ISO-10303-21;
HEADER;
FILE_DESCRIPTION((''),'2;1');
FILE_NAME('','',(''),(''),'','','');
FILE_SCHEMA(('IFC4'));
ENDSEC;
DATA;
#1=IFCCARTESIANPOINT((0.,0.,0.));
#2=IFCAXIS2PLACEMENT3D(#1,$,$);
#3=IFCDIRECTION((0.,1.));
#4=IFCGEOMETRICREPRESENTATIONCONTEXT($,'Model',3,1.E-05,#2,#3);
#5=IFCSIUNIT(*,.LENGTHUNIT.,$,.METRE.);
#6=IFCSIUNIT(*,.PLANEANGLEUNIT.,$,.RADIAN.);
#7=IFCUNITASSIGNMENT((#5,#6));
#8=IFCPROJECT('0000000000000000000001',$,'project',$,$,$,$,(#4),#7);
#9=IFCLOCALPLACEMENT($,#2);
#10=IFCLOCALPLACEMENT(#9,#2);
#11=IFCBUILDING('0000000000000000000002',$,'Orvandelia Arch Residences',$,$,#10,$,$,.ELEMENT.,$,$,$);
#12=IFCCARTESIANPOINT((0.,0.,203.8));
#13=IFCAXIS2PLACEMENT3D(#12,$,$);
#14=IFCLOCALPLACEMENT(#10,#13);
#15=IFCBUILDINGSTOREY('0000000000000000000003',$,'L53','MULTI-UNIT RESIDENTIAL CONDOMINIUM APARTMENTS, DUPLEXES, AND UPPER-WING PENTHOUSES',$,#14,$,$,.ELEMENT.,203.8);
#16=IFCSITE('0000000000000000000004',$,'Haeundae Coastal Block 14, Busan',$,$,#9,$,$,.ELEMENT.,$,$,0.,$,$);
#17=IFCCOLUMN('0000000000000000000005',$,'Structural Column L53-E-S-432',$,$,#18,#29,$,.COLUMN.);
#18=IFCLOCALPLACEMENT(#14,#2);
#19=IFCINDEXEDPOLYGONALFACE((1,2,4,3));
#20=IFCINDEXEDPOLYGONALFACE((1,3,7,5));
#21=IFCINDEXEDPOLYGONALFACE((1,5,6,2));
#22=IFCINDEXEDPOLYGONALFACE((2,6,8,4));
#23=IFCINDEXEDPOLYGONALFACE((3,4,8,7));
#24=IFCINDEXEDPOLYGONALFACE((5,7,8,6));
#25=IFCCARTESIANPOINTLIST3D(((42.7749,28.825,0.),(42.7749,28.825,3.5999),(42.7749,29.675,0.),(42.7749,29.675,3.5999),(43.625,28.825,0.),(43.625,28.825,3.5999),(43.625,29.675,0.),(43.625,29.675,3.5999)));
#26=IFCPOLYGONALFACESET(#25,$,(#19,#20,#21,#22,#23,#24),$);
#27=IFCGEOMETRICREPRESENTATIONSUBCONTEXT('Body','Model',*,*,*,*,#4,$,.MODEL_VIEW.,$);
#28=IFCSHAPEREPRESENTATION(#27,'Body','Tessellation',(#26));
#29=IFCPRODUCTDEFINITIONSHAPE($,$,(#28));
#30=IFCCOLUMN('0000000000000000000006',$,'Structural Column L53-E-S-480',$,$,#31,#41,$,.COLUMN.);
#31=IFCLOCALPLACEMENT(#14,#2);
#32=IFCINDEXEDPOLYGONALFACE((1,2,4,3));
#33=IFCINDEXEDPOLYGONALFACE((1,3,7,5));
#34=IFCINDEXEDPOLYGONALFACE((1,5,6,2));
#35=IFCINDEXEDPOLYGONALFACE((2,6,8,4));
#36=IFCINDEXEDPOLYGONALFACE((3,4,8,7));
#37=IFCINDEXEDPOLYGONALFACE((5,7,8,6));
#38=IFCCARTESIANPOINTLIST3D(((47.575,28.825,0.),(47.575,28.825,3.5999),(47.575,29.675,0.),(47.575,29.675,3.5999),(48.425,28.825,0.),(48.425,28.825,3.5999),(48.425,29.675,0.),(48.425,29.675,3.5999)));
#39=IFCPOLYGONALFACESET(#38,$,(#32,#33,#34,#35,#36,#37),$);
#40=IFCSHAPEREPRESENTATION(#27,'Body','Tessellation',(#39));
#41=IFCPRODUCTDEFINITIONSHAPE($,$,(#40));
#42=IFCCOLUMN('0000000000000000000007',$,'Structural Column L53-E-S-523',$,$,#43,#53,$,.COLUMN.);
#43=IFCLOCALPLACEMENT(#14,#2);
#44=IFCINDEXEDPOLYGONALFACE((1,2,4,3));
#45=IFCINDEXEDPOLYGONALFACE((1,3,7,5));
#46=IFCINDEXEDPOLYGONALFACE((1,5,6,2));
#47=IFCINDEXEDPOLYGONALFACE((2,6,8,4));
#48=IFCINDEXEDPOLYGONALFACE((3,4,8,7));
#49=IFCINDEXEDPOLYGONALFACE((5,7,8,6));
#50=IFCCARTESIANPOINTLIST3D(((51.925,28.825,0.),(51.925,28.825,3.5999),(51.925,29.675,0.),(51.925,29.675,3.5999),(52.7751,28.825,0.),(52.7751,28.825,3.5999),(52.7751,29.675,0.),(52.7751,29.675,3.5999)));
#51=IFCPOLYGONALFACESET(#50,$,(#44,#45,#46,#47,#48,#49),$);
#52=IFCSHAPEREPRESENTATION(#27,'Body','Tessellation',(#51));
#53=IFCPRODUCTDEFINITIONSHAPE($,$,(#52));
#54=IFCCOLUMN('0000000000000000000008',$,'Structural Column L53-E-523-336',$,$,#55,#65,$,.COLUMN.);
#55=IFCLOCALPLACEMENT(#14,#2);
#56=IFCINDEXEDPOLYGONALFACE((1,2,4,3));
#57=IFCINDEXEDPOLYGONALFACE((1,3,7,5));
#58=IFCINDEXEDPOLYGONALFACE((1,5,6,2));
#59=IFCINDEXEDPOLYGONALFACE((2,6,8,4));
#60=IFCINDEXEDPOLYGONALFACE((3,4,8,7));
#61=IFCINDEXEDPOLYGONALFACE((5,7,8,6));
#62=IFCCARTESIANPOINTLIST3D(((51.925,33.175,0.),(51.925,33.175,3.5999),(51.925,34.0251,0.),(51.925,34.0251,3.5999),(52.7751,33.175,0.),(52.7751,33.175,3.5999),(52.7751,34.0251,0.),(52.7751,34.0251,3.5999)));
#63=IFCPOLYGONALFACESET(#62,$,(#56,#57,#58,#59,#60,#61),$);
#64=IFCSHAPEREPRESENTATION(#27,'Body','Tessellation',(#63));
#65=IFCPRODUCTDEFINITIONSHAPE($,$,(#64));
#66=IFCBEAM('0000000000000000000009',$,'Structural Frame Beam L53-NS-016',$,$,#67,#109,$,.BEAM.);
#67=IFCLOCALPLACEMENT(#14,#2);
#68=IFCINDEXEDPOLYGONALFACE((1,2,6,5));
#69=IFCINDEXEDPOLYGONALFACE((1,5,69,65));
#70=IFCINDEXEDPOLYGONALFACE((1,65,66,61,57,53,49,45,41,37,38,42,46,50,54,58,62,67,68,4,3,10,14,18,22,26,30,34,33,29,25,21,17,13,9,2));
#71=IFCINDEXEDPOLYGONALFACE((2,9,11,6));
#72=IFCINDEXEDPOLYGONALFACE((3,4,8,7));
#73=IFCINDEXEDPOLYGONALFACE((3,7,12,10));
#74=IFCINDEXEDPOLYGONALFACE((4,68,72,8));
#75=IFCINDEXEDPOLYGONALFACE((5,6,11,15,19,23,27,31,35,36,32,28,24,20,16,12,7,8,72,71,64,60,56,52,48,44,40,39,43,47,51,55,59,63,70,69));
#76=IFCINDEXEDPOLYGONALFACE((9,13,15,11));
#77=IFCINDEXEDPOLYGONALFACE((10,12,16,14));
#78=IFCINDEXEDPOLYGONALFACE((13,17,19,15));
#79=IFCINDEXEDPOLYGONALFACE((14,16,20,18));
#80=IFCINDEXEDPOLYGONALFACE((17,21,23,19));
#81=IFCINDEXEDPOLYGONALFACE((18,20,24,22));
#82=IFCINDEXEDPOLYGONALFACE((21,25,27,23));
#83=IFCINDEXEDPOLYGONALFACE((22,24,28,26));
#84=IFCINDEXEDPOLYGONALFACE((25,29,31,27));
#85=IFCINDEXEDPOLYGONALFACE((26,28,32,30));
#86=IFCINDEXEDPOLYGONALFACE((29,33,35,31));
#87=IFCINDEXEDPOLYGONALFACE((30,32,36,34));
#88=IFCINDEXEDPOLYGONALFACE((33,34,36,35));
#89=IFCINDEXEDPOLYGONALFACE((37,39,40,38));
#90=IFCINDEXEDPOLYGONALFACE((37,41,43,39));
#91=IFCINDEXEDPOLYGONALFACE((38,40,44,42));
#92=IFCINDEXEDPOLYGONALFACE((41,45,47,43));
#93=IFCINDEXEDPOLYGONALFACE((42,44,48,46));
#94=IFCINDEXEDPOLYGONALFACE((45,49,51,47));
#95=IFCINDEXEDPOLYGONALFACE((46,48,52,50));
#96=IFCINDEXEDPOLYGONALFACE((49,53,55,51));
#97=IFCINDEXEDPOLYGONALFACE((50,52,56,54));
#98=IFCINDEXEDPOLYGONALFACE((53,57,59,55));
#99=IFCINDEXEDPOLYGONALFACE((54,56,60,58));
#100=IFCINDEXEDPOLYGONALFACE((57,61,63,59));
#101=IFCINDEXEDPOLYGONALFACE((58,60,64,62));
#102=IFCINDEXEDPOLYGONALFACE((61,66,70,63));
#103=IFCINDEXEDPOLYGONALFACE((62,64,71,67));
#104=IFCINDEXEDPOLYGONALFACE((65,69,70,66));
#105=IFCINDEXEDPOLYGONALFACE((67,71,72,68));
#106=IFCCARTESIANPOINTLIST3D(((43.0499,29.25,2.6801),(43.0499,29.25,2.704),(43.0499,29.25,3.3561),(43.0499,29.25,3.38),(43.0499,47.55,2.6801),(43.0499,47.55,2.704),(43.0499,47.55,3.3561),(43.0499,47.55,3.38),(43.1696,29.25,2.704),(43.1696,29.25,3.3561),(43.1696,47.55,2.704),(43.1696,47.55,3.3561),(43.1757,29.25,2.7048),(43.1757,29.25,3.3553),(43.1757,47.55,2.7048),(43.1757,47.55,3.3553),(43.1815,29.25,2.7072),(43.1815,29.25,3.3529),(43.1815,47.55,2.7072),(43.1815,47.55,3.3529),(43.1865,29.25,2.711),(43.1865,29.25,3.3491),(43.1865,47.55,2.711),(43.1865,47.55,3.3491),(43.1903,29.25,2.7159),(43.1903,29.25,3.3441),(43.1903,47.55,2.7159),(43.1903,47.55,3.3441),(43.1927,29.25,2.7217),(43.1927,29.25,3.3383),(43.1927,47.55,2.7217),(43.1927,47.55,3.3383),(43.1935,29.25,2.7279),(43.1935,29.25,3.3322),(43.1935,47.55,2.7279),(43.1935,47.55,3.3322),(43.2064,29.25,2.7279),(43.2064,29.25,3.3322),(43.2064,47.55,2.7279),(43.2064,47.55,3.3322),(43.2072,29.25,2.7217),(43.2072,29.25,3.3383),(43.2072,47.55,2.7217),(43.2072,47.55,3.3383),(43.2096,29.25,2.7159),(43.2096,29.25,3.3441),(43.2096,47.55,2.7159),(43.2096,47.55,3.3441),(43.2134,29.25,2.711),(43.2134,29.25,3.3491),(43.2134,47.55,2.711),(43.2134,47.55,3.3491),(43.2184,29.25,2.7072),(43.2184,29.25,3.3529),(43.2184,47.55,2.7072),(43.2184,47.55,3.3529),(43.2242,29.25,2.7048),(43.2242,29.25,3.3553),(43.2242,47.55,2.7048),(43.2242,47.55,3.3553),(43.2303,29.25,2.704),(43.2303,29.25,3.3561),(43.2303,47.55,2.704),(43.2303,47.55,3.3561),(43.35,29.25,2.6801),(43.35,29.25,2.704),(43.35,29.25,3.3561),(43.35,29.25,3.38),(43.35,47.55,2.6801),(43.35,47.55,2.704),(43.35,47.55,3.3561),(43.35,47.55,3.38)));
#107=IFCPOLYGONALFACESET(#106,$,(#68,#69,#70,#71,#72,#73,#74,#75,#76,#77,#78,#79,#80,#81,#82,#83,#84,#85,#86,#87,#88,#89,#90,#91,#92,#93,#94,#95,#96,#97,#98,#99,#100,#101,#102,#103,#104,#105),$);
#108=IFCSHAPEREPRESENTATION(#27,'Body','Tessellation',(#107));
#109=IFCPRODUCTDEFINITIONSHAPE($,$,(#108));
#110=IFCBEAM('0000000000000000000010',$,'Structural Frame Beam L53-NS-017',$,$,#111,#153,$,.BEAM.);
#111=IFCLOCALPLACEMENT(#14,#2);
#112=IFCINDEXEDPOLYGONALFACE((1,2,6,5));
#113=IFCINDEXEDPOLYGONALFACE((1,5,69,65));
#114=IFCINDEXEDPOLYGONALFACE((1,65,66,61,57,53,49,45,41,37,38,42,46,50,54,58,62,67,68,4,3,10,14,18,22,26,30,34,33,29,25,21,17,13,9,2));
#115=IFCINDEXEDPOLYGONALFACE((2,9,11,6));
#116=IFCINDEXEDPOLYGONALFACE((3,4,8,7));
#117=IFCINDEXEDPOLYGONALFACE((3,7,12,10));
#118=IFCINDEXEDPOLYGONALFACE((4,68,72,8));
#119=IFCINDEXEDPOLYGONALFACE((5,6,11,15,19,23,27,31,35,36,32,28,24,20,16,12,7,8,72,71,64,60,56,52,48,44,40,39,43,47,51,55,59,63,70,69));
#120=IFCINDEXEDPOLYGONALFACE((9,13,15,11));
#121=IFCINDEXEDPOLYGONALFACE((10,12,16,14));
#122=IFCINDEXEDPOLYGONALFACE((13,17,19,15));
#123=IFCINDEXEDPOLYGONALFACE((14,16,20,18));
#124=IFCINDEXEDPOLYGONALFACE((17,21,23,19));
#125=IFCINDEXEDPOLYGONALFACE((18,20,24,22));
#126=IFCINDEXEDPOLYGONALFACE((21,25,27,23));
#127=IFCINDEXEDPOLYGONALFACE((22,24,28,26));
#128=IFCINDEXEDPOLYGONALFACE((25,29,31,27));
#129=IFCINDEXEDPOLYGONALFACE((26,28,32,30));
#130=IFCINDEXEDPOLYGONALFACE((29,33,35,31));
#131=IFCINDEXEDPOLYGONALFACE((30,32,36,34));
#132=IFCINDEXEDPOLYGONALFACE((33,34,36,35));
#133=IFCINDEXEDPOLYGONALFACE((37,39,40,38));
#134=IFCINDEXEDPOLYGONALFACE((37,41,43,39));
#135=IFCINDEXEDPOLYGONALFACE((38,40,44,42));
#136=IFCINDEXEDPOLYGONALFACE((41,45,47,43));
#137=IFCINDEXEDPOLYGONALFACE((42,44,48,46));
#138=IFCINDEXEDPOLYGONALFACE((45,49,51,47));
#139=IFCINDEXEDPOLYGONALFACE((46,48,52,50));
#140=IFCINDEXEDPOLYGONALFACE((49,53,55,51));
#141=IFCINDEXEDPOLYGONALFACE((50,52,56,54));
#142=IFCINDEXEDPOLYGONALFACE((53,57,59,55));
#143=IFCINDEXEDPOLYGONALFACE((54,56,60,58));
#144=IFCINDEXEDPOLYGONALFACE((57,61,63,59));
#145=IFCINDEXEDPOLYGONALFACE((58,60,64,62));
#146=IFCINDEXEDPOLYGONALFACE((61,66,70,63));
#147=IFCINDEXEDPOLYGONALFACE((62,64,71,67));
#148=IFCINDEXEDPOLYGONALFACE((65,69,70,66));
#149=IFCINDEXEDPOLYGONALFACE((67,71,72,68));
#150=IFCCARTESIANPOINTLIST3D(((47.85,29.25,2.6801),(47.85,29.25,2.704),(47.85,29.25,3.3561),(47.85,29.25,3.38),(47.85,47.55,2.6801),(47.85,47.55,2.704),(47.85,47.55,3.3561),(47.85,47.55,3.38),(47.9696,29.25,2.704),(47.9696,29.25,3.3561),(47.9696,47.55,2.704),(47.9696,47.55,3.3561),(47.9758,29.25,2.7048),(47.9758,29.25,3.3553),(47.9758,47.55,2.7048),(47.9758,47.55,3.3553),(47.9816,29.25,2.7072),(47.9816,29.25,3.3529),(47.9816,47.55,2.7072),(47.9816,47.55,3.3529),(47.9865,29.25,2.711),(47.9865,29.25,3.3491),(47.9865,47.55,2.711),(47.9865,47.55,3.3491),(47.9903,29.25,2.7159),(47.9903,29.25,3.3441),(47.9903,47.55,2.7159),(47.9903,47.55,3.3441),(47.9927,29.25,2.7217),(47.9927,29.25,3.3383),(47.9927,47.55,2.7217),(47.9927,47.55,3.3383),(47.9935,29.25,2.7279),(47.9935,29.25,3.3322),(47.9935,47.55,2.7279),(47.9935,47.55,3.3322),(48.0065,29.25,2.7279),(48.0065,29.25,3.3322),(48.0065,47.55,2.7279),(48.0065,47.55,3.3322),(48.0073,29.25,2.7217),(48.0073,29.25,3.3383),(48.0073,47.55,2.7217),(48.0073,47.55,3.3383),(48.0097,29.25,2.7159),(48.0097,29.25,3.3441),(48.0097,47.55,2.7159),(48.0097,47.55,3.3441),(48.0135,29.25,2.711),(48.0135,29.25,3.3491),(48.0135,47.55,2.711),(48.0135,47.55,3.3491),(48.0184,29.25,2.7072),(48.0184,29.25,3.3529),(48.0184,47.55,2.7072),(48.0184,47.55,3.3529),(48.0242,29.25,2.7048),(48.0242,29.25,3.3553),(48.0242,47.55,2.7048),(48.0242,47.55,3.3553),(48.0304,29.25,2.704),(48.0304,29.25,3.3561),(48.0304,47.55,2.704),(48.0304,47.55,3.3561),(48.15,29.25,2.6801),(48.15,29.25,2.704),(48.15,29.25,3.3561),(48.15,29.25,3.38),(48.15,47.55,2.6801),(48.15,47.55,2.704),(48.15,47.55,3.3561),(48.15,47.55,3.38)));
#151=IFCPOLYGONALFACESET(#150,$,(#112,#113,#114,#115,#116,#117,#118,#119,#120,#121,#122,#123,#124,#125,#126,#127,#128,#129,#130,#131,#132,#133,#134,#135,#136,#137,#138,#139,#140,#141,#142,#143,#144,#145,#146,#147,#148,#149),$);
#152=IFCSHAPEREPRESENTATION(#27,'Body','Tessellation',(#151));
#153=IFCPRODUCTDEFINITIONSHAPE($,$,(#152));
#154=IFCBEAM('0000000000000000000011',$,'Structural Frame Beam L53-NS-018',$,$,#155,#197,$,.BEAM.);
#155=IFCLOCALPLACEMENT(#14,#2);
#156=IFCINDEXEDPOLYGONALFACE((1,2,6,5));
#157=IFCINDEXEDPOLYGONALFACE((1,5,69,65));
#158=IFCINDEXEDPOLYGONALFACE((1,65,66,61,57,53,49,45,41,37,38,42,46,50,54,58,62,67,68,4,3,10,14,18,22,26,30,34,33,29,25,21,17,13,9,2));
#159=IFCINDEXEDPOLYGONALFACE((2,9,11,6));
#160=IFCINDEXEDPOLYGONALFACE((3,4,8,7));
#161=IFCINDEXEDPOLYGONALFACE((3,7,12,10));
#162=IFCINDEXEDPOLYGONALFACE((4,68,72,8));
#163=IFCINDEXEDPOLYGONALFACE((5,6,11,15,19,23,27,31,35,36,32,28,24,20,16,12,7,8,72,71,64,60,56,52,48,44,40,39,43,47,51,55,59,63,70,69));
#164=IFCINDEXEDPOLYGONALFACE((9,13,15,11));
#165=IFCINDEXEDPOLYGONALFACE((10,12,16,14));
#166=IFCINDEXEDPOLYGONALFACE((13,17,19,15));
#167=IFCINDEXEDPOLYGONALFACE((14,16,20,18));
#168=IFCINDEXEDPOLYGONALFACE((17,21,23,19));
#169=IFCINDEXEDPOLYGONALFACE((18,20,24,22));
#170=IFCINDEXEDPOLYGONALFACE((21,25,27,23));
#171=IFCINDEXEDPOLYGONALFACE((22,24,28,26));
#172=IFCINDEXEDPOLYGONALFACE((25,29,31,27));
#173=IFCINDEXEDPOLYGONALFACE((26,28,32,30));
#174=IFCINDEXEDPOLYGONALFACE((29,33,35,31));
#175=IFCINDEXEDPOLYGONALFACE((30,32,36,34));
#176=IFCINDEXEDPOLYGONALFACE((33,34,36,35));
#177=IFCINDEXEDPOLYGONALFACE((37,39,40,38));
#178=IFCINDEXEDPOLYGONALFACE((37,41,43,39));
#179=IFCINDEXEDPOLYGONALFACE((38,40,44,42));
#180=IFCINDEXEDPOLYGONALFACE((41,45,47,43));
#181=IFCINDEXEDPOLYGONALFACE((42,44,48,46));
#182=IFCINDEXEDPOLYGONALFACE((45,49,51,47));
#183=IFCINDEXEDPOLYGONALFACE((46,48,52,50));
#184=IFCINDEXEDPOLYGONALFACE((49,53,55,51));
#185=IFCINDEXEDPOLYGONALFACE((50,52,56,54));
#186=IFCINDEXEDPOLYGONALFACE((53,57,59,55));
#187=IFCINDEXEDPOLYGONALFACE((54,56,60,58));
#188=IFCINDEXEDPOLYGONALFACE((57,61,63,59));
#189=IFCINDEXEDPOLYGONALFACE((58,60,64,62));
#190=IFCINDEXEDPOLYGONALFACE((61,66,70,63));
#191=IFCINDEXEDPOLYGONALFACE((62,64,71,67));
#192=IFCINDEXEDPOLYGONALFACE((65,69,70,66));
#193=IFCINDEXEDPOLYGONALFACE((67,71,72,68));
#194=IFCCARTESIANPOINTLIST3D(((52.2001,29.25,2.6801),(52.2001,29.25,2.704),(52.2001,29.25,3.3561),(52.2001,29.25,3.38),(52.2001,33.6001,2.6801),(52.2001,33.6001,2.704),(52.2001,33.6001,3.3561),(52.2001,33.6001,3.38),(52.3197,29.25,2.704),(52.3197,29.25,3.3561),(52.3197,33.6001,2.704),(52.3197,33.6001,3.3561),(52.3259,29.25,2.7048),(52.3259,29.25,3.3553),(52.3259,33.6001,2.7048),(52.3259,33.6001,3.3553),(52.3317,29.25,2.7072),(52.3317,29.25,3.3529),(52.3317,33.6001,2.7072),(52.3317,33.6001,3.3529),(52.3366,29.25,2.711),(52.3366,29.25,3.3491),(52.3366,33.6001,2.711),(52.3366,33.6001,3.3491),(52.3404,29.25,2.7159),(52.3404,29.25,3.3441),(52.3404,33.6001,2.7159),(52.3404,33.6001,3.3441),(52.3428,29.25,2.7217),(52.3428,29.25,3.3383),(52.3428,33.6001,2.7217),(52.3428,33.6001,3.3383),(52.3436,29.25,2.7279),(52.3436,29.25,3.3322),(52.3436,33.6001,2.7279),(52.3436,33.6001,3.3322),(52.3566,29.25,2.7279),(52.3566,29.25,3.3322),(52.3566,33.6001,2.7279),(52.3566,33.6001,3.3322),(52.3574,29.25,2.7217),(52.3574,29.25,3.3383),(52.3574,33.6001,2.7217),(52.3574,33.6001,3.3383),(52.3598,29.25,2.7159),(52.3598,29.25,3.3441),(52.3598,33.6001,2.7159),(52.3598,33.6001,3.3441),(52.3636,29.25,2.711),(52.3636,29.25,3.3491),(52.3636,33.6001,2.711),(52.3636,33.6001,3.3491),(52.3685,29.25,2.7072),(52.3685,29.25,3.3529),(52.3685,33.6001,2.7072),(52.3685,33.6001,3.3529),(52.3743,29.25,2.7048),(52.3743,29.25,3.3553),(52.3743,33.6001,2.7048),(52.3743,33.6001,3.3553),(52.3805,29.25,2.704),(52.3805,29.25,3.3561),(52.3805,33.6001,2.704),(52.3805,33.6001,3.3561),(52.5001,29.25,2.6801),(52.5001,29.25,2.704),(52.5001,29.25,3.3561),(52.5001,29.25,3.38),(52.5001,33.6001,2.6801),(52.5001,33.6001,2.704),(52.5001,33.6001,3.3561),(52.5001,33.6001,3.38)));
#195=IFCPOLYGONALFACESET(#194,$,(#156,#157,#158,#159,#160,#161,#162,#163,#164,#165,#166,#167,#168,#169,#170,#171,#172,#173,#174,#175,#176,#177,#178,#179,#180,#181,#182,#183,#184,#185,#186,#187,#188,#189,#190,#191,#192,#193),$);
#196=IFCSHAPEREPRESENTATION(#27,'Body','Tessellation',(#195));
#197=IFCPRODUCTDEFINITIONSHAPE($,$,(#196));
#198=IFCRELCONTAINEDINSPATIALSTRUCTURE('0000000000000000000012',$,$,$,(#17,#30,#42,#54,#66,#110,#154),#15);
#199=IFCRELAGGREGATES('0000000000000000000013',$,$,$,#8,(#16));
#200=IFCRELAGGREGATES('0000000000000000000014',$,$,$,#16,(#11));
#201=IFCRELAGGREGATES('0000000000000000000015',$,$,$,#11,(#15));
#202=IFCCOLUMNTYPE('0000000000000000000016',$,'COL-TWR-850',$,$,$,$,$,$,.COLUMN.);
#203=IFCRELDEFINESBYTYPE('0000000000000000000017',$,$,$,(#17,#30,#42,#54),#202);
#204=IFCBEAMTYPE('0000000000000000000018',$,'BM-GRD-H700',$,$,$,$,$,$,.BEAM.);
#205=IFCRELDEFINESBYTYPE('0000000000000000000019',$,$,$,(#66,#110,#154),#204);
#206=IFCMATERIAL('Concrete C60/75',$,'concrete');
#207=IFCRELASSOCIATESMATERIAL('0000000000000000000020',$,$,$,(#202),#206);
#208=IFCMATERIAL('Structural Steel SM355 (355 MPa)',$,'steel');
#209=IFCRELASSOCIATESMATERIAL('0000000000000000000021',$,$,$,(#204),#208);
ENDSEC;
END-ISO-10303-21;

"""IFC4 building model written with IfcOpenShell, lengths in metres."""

from ifc_helpers import new_model, si_unit, direction, frame, origin, origin_2d, place, context, subcontext, project, spatial, rectangle, i_section, extrude, material, material_profile, profile_set, type_object, element, save


model = new_model("IFC4")

# Units and contexts
model_context = context("Model", 3, precision=1e-05, world=origin(), true_north=direction((0.0, 1.0)))
body_context = subcontext(model_context, "Body", "Model", "MODEL_VIEW")
ifc_project = project(units=[si_unit("LENGTHUNIT", "METRE"), si_unit("PLANEANGLEUNIT", "RADIAN")], contexts=[model_context])

# Site, building, storey
site_placement = place(None, origin())
site = spatial("IfcSite", under=ifc_project, at=site_placement, Name="Haeundae Coastal Block 14, Busan", CompositionType="ELEMENT", RefElevation=0.0)
building_placement = place(site_placement, origin())
building = spatial("IfcBuilding", under=site, at=building_placement, Name="Orvandelia Arch Residences", CompositionType="ELEMENT")
storey_placement = place(building_placement, frame((0.0, 0.0, 203.8)))
storey = spatial("IfcBuildingStorey", under=building, at=storey_placement, Name="L53", Description="MULTI-UNIT RESIDENTIAL CONDOMINIUM APARTMENTS, DUPLEXES, AND UPPER-WING PENTHOUSES", CompositionType="ELEMENT", Elevation=203.8)

# Columns
ifc_material_1 = material(Name="Concrete C60/75", Category="concrete")
ifc_material_profile_1 = material_profile(ifc_material_1, rectangle(XDim=0.8501, YDim=0.8501, at=origin_2d()), Name="Concrete C60/75", Category="concrete")
ifc_profile_set_1 = profile_set([ifc_material_profile_1], Name="Concrete C60/75")
column_type = type_object("IfcColumnType", Name="COL-TWR-850", PredefinedType="COLUMN", material=ifc_profile_set_1)
for number, where, z_axis, x_axis, name in (
    (1, (43.2, 29.25, 0.0), (0.0, 0.0, 1.0), (1.0, 0.0, 0.0), "Structural Column L53-E-S-432"),
    (2, (48.0, 29.25, 0.0), (0.0, 0.0, 1.0), (1.0, 0.0, 0.0), "Structural Column L53-E-S-480"),
    (3, (52.3501, 29.25, 0.0), (0.0, 0.0, 1.0), (1.0, 0.0, 0.0), "Structural Column L53-E-S-523"),
    (4, (52.3501, 33.6001, 0.0), (0.0, 0.0, 1.0), (1.0, 0.0, 0.0), "Structural Column L53-E-523-336"),
):
    element("IfcColumn", number, at=place(storey_placement, frame(where, z_axis=z_axis, x_axis=x_axis)), inside=storey, type_object=column_type, Name=name, PredefinedType="COLUMN", context=body_context, shape_type="SweptSolid", body=[
        extrude(rectangle(XDim=0.8501, YDim=0.8501, at=origin_2d()), origin(), (0.0, 0.0, 1.0), 3.5999),
    ])

# Beams
ifc_material_2 = material(Name="Structural Steel SM355 (355 MPa)", Category="steel")
ifc_material_profile_2 = material_profile(ifc_material_2, i_section(OverallWidth=0.3, OverallDepth=0.7, WebThickness=0.0129, FlangeThickness=0.0239, FilletRadius=0.0239, at=origin_2d()), Name="Structural Steel SM355 (355 MPa)", Category="steel")
ifc_profile_set_2 = profile_set([ifc_material_profile_2], Name="Structural Steel SM355 (355 MPa)")
beam_type = type_object("IfcBeamType", Name="BM-GRD-H700", PredefinedType="BEAM", material=ifc_profile_set_2)
for number, where, z_axis, x_axis, name in (
    (5, (43.2, 29.25, 3.03), (0.0, 1.0, 0.0), (-1.0, 0.0, 0.0), "Structural Frame Beam L53-NS-016"),
    (6, (48.0, 29.25, 3.03), (0.0, 1.0, 0.0), (-1.0, 0.0, 0.0), "Structural Frame Beam L53-NS-017"),
):
    element("IfcBeam", number, at=place(storey_placement, frame(where, z_axis=z_axis, x_axis=x_axis)), inside=storey, type_object=beam_type, Name=name, PredefinedType="BEAM", context=body_context, shape_type="SweptSolid", body=[
        extrude(i_section(OverallWidth=0.3, OverallDepth=0.7, WebThickness=0.0129, FlangeThickness=0.0239, FilletRadius=0.0239, at=origin_2d()), origin(), (0.0, 0.0, 1.0), 18.3),
    ])
beam_1_placement = place(storey_placement, frame((52.3501, 29.25, 3.03), z_axis=(0.0, 1.0, 0.0), x_axis=(-1.0, 0.0, 0.0)))
element("IfcBeam", 7, at=beam_1_placement, inside=storey, type_object=beam_type, Name="Structural Frame Beam L53-NS-018", PredefinedType="BEAM", context=body_context, shape_type="SweptSolid", body=[
    extrude(i_section(OverallWidth=0.3, OverallDepth=0.7, WebThickness=0.0129, FlangeThickness=0.0239, FilletRadius=0.0239, at=origin_2d()), origin(), (0.0, 0.0, 1.0), 4.3501),
])

save(model, "model.ifc")
